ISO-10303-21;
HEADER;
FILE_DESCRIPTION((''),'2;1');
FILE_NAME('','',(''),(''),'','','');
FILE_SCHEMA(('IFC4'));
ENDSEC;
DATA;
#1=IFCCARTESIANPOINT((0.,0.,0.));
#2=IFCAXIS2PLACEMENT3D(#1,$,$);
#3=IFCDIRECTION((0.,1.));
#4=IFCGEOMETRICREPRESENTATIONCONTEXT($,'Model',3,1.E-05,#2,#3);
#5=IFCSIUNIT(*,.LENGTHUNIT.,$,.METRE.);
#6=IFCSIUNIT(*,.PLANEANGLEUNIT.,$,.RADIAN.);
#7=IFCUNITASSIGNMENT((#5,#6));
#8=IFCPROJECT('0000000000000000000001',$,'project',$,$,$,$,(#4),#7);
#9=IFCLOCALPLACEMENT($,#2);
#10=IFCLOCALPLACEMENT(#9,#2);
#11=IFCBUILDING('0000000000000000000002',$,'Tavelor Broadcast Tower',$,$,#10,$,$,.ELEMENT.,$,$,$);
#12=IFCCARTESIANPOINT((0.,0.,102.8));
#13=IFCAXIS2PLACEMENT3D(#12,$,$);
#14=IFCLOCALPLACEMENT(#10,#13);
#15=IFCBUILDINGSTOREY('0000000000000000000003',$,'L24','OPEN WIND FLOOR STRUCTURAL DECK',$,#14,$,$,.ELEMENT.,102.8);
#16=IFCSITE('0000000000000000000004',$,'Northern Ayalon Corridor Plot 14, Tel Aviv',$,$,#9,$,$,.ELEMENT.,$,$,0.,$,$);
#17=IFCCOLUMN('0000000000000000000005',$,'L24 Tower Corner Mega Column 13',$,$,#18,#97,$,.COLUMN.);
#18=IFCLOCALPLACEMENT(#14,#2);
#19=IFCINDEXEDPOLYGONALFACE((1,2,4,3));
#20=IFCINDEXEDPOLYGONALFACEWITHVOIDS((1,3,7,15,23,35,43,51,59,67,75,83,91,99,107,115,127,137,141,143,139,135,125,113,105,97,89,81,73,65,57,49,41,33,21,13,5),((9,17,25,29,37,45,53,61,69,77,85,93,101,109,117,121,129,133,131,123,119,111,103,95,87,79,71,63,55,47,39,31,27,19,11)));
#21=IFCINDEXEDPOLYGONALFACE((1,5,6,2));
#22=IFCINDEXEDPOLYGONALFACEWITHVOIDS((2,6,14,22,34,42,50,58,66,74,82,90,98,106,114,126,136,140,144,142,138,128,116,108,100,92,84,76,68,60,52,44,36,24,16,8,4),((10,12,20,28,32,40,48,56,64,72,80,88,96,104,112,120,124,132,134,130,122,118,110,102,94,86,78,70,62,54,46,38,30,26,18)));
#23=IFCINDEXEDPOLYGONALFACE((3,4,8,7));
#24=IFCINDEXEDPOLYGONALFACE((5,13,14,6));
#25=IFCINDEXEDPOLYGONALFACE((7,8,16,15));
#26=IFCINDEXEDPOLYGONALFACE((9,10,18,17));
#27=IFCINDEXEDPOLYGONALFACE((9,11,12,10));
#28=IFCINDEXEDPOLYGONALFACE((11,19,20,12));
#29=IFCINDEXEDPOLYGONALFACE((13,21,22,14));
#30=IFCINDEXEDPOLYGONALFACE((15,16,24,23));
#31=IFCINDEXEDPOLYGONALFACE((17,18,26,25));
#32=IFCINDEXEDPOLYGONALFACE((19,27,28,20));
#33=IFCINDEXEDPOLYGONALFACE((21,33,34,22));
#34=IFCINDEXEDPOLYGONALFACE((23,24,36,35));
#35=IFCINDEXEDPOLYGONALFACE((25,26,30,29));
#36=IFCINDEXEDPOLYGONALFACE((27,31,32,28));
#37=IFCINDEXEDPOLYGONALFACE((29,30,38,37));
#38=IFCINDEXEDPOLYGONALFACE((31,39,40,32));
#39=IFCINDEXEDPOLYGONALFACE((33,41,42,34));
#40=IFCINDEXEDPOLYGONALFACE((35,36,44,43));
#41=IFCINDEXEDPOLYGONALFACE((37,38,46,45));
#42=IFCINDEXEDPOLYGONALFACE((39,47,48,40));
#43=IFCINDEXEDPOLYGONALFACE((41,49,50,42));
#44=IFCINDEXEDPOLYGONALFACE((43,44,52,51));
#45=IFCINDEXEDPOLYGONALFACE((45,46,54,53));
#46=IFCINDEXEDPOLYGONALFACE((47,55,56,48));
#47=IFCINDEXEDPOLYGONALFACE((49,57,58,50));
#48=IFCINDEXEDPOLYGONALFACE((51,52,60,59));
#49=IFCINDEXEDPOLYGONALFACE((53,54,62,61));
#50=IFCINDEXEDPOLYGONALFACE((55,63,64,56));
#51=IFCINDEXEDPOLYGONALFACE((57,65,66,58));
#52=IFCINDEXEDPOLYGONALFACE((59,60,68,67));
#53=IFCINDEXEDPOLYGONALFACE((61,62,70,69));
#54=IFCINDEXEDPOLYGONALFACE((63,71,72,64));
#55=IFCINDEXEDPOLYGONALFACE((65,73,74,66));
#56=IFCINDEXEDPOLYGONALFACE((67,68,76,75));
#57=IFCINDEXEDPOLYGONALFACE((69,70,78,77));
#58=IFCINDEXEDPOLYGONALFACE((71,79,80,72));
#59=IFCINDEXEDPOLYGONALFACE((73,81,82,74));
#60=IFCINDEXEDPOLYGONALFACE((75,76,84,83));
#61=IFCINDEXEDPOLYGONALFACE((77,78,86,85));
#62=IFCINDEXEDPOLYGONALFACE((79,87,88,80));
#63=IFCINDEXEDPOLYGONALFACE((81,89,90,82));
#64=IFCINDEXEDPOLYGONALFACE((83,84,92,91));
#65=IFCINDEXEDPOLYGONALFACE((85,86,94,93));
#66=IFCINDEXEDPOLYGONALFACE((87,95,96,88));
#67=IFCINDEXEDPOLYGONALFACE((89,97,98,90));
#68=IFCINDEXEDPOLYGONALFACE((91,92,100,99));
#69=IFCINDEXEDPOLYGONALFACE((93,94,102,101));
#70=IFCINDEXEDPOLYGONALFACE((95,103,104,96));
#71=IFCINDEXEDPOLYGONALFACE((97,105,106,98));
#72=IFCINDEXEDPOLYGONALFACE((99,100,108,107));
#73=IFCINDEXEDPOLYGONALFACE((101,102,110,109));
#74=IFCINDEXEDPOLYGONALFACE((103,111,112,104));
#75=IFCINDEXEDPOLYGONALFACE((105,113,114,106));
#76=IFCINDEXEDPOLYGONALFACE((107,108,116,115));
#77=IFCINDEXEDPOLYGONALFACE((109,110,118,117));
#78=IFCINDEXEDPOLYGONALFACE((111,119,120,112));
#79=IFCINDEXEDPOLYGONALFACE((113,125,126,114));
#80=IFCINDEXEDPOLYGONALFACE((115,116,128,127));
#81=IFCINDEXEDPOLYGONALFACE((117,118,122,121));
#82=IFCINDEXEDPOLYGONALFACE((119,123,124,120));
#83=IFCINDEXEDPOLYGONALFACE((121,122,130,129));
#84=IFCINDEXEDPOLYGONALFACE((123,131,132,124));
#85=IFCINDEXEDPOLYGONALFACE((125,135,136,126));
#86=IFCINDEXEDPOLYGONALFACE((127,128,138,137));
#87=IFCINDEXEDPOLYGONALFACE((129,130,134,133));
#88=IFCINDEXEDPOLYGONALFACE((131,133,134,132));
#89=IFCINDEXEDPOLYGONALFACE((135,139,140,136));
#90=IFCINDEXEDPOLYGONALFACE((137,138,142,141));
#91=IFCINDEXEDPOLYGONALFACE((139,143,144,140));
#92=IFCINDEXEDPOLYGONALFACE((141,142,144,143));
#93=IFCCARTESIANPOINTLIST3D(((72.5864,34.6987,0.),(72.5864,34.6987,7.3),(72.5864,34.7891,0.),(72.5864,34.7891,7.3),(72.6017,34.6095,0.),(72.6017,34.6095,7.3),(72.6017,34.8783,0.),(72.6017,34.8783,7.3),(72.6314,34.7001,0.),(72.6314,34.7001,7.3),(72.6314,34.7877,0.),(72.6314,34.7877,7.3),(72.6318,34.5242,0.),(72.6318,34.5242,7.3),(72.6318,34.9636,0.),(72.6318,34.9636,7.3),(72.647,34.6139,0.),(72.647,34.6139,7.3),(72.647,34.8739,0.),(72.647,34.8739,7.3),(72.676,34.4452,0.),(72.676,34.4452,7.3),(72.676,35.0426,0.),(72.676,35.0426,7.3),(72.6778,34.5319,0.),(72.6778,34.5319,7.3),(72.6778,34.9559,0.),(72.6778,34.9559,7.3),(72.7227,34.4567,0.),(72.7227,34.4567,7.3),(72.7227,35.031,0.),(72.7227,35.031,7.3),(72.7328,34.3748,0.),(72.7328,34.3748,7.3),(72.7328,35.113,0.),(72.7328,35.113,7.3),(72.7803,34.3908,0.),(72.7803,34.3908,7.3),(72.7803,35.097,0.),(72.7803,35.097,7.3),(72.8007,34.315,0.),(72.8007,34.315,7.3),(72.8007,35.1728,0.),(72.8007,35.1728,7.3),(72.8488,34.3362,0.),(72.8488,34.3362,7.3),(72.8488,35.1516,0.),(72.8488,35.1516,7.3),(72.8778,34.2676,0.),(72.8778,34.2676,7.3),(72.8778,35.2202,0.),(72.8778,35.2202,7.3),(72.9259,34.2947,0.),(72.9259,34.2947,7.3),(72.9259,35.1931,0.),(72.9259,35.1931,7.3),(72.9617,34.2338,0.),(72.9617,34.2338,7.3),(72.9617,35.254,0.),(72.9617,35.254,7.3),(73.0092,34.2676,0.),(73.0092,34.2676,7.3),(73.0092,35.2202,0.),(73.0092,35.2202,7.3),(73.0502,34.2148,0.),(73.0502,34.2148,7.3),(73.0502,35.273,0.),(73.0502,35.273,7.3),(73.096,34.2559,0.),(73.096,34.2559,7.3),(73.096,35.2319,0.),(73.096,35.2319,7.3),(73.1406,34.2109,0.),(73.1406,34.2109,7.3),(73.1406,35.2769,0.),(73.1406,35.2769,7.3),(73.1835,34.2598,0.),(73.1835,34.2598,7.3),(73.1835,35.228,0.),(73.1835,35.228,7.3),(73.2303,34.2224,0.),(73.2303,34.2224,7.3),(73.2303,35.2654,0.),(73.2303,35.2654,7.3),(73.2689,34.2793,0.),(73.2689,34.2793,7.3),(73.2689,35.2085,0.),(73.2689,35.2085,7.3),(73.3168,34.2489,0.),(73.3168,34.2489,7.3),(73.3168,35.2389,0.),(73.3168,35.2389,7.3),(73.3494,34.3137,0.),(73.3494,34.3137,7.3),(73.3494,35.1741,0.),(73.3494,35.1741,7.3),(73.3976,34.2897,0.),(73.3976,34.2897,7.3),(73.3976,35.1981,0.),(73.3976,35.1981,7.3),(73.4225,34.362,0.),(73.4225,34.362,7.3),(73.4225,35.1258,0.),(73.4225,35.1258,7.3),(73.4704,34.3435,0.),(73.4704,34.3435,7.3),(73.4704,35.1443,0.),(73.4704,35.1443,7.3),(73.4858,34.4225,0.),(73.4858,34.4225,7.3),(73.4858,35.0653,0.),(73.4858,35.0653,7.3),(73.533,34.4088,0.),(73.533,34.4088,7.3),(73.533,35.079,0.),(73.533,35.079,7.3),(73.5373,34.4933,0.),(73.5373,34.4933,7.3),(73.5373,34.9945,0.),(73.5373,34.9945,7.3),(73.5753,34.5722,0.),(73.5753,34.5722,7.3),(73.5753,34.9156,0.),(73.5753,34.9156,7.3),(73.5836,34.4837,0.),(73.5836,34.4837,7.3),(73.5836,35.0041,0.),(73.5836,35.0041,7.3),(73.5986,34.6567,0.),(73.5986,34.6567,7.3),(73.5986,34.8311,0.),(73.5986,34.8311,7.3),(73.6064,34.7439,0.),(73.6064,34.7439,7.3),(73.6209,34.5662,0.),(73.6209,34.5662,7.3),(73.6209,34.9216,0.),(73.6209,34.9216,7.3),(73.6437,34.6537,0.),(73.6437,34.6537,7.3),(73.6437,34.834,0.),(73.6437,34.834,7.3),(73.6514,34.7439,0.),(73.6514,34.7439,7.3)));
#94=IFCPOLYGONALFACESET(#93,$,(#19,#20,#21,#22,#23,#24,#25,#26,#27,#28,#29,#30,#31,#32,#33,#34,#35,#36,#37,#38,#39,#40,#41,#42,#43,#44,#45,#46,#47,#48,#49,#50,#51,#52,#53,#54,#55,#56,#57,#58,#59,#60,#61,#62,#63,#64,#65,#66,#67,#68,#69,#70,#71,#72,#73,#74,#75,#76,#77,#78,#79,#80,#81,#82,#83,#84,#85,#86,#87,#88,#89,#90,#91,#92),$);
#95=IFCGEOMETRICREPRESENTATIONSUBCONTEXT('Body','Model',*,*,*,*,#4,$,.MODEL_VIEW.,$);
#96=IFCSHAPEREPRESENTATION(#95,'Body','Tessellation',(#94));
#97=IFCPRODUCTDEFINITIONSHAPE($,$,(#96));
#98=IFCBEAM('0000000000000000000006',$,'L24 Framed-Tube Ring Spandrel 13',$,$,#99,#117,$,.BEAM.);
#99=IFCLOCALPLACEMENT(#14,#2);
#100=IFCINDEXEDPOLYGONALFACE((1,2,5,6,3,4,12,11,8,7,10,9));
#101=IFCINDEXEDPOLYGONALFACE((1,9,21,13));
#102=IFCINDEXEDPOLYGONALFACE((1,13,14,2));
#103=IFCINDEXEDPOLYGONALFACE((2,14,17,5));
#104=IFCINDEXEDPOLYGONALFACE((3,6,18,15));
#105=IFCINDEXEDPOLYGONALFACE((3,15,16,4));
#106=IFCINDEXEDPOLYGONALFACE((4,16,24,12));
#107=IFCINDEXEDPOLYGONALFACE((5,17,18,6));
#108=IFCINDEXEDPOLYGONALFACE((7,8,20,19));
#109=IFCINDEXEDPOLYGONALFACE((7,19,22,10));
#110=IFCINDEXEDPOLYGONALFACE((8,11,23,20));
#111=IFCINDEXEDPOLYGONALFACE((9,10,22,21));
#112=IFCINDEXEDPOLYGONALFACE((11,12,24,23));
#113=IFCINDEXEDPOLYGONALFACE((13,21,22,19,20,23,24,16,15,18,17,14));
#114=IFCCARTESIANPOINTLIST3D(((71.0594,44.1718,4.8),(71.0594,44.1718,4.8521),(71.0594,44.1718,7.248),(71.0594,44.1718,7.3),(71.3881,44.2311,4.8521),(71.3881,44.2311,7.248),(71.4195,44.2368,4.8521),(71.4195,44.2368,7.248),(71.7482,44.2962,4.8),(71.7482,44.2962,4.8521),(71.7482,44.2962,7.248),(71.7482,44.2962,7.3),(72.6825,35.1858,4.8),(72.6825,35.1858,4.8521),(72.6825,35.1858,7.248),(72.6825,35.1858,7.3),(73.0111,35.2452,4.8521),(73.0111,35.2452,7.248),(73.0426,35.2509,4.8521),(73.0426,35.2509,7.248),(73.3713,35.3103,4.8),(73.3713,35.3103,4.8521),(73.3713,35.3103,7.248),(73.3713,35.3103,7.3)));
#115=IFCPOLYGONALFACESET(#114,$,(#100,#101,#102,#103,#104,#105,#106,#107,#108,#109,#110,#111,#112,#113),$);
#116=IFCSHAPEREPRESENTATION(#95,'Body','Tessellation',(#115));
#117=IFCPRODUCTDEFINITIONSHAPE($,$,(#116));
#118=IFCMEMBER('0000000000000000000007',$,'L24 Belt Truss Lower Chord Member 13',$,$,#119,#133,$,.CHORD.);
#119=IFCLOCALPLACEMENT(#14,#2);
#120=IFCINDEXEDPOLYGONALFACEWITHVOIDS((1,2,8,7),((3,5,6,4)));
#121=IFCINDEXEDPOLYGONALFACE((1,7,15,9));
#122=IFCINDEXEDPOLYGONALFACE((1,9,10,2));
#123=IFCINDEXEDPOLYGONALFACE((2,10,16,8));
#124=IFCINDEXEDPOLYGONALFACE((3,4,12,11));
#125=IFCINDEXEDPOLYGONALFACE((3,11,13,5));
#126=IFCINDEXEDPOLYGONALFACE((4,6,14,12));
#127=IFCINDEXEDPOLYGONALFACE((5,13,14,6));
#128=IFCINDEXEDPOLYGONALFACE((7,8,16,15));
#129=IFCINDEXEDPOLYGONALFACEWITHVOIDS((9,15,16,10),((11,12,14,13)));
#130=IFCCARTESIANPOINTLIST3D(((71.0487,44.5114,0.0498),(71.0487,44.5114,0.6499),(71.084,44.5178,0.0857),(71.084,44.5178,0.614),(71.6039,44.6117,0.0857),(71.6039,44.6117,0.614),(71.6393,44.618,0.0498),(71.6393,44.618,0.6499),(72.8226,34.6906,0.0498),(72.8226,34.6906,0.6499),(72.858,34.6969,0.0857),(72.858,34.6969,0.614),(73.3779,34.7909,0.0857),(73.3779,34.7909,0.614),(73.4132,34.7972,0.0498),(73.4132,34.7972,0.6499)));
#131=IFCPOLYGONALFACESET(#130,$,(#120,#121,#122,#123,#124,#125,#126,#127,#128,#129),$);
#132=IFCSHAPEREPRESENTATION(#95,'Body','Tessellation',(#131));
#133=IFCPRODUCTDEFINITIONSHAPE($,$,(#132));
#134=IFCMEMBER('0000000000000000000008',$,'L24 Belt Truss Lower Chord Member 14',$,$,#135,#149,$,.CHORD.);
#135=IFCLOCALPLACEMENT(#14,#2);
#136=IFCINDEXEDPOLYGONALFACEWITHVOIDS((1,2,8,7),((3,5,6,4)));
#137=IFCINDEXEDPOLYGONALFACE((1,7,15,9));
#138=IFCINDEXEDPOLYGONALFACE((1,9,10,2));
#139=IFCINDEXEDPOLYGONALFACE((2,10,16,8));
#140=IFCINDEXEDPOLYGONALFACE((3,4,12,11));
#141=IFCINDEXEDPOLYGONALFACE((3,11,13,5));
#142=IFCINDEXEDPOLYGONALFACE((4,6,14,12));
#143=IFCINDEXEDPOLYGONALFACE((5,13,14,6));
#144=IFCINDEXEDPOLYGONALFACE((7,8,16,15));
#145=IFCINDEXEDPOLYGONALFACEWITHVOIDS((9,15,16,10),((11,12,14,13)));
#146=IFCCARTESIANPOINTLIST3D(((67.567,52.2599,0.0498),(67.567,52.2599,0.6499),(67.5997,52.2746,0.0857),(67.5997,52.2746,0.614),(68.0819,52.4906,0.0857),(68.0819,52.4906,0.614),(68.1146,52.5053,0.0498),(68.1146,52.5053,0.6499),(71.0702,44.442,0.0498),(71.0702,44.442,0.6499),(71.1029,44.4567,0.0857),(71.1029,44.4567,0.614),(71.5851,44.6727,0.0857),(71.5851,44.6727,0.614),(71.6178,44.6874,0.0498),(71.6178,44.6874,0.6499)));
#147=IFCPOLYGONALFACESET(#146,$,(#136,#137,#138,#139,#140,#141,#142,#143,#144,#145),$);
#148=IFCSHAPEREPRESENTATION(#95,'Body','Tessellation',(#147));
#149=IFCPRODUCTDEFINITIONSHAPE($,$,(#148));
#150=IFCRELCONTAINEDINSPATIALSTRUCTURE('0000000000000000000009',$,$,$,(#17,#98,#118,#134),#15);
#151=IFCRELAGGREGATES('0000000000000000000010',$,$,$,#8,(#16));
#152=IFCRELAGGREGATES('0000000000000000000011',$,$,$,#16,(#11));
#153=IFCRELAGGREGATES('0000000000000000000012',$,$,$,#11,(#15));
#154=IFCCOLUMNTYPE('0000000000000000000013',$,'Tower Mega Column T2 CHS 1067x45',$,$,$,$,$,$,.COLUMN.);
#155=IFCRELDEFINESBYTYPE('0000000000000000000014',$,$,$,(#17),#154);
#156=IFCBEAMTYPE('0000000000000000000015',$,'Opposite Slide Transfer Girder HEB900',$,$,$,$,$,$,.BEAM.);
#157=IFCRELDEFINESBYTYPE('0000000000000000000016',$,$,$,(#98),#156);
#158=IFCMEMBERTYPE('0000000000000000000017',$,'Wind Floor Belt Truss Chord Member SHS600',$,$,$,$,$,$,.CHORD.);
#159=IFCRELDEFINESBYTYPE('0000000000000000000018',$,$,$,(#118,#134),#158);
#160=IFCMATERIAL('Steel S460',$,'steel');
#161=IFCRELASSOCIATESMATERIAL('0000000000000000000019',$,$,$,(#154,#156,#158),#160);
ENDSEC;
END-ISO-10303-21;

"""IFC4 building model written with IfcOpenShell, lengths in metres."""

from ifc_helpers import new_model, si_unit, direction, frame, origin, origin_2d, place, context, subcontext, project, spatial, hollow_rectangle, hollow_circle, i_section, extrude, material, material_profile, profile_set, type_object, element, save


model = new_model("IFC4")

# Units and contexts
model_context = context("Model", 3, precision=1e-05, world=origin(), true_north=direction((0.0, 1.0)))
body_context = subcontext(model_context, "Body", "Model", "MODEL_VIEW")
ifc_project = project(units=[si_unit("LENGTHUNIT", "METRE"), si_unit("PLANEANGLEUNIT", "RADIAN")], contexts=[model_context])

# Site, building, storey
site_placement = place(None, origin())
site = spatial("IfcSite", under=ifc_project, at=site_placement, Name="Northern Ayalon Corridor Plot 14, Tel Aviv", CompositionType="ELEMENT", RefElevation=0.0)
building_placement = place(site_placement, origin())
building = spatial("IfcBuilding", under=site, at=building_placement, Name="Tavelor Broadcast Tower", CompositionType="ELEMENT")
storey_placement = place(building_placement, frame((0.0, 0.0, 102.8)))
storey = spatial("IfcBuildingStorey", under=building, at=storey_placement, Name="L24", Description="OPEN WIND FLOOR STRUCTURAL DECK", CompositionType="ELEMENT", Elevation=102.8)

# Column
ifc_material_1 = material(Name="Steel S460", Category="steel")
ifc_material_profile_1 = material_profile(ifc_material_1, hollow_circle(Radius=0.5334, WallThickness=0.0449, at=origin_2d()), Name="CHS 1067x45")
ifc_profile_set_1 = profile_set([ifc_material_profile_1], Name="Steel S460")
column_type = type_object("IfcColumnType", Name="Tower Mega Column T2 CHS 1067x45", PredefinedType="COLUMN", material=ifc_profile_set_1)
column_placement = place(storey_placement, frame((73.1179, 34.7439, 0.0), z_axis=(0.0, 0.0, 1.0), x_axis=(1.0, 0.0, 0.0)))
element("IfcColumn", 1, at=column_placement, inside=storey, type_object=column_type, Name="L24 Tower Corner Mega Column 13", PredefinedType="COLUMN", context=body_context, shape_type="SweptSolid", body=[
    extrude(hollow_circle(Radius=0.5334, WallThickness=0.0449, at=origin_2d()), origin(), (0.0, 0.0, 1.0), 7.3),
])

# Beam
ifc_material_profile_2 = material_profile(ifc_material_1, i_section(OverallWidth=0.7, OverallDepth=2.5, WebThickness=0.032, FlangeThickness=0.052, at=origin_2d()), Name="PG 2500x700")
ifc_profile_set_2 = profile_set([ifc_material_profile_2], Name="Steel S460")
beam_type = type_object("IfcBeamType", Name="Opposite Slide Transfer Girder HEB900", PredefinedType="BEAM", material=ifc_profile_set_2)
beam_placement = place(storey_placement, frame((73.0269, 35.248, 6.05), z_axis=(-0.177747, 0.984076, 0.0), x_axis=(-0.984076, -0.177747, 0.0)))
element("IfcBeam", 2, at=beam_placement, inside=storey, type_object=beam_type, Name="L24 Framed-Tube Ring Spandrel 13", PredefinedType="BEAM", context=body_context, shape_type="SweptSolid", body=[
    extrude(i_section(OverallWidth=0.7, OverallDepth=2.5, WebThickness=0.032, FlangeThickness=0.052, at=origin_2d()), origin(), (0.0, 0.0, 1.0), 9.1313),
])

# Members
ifc_material_profile_3 = material_profile(ifc_material_1, hollow_rectangle(XDim=0.6001, YDim=0.6001, WallThickness=0.0359, at=origin_2d()), Name="SHS 600x600x36")
ifc_profile_set_3 = profile_set([ifc_material_profile_3], Name="Steel S460")
member_type_1 = type_object("IfcMemberType", Name="Wind Floor Belt Truss Chord Member SHS600", PredefinedType="CHORD", material=ifc_profile_set_3)
member_1_placement = place(storey_placement, frame((73.1179, 34.7439, 0.3499), z_axis=(-0.177753, 0.984075, 0.0), x_axis=(-0.984075, -0.177753, 0.0)))
element("IfcMember", 3, at=member_1_placement, inside=storey, type_object=member_type_1, Name="L24 Belt Truss Lower Chord Member 13", PredefinedType="CHORD", context=body_context, shape_type="SweptSolid", body=[
    extrude(hollow_rectangle(XDim=0.6001, YDim=0.6001, WallThickness=0.0359, at=origin_2d()), origin(), (0.0, 0.0, 1.0), 9.9797),
])
member_2_placement = place(storey_placement, frame((71.344, 44.5647, 0.3499), z_axis=(-0.408921, 0.91257, 0.0), x_axis=(-0.91257, -0.408921, 0.0)))
element("IfcMember", 4, at=member_2_placement, inside=storey, type_object=member_type_1, Name="L24 Belt Truss Lower Chord Member 14", PredefinedType="CHORD", context=body_context, shape_type="SweptSolid", body=[
    extrude(hollow_rectangle(XDim=0.6001, YDim=0.6001, WallThickness=0.0359, at=origin_2d()), origin(), (0.0, 0.0, 1.0), 8.5669),
])

save(model, "model.ifc")
